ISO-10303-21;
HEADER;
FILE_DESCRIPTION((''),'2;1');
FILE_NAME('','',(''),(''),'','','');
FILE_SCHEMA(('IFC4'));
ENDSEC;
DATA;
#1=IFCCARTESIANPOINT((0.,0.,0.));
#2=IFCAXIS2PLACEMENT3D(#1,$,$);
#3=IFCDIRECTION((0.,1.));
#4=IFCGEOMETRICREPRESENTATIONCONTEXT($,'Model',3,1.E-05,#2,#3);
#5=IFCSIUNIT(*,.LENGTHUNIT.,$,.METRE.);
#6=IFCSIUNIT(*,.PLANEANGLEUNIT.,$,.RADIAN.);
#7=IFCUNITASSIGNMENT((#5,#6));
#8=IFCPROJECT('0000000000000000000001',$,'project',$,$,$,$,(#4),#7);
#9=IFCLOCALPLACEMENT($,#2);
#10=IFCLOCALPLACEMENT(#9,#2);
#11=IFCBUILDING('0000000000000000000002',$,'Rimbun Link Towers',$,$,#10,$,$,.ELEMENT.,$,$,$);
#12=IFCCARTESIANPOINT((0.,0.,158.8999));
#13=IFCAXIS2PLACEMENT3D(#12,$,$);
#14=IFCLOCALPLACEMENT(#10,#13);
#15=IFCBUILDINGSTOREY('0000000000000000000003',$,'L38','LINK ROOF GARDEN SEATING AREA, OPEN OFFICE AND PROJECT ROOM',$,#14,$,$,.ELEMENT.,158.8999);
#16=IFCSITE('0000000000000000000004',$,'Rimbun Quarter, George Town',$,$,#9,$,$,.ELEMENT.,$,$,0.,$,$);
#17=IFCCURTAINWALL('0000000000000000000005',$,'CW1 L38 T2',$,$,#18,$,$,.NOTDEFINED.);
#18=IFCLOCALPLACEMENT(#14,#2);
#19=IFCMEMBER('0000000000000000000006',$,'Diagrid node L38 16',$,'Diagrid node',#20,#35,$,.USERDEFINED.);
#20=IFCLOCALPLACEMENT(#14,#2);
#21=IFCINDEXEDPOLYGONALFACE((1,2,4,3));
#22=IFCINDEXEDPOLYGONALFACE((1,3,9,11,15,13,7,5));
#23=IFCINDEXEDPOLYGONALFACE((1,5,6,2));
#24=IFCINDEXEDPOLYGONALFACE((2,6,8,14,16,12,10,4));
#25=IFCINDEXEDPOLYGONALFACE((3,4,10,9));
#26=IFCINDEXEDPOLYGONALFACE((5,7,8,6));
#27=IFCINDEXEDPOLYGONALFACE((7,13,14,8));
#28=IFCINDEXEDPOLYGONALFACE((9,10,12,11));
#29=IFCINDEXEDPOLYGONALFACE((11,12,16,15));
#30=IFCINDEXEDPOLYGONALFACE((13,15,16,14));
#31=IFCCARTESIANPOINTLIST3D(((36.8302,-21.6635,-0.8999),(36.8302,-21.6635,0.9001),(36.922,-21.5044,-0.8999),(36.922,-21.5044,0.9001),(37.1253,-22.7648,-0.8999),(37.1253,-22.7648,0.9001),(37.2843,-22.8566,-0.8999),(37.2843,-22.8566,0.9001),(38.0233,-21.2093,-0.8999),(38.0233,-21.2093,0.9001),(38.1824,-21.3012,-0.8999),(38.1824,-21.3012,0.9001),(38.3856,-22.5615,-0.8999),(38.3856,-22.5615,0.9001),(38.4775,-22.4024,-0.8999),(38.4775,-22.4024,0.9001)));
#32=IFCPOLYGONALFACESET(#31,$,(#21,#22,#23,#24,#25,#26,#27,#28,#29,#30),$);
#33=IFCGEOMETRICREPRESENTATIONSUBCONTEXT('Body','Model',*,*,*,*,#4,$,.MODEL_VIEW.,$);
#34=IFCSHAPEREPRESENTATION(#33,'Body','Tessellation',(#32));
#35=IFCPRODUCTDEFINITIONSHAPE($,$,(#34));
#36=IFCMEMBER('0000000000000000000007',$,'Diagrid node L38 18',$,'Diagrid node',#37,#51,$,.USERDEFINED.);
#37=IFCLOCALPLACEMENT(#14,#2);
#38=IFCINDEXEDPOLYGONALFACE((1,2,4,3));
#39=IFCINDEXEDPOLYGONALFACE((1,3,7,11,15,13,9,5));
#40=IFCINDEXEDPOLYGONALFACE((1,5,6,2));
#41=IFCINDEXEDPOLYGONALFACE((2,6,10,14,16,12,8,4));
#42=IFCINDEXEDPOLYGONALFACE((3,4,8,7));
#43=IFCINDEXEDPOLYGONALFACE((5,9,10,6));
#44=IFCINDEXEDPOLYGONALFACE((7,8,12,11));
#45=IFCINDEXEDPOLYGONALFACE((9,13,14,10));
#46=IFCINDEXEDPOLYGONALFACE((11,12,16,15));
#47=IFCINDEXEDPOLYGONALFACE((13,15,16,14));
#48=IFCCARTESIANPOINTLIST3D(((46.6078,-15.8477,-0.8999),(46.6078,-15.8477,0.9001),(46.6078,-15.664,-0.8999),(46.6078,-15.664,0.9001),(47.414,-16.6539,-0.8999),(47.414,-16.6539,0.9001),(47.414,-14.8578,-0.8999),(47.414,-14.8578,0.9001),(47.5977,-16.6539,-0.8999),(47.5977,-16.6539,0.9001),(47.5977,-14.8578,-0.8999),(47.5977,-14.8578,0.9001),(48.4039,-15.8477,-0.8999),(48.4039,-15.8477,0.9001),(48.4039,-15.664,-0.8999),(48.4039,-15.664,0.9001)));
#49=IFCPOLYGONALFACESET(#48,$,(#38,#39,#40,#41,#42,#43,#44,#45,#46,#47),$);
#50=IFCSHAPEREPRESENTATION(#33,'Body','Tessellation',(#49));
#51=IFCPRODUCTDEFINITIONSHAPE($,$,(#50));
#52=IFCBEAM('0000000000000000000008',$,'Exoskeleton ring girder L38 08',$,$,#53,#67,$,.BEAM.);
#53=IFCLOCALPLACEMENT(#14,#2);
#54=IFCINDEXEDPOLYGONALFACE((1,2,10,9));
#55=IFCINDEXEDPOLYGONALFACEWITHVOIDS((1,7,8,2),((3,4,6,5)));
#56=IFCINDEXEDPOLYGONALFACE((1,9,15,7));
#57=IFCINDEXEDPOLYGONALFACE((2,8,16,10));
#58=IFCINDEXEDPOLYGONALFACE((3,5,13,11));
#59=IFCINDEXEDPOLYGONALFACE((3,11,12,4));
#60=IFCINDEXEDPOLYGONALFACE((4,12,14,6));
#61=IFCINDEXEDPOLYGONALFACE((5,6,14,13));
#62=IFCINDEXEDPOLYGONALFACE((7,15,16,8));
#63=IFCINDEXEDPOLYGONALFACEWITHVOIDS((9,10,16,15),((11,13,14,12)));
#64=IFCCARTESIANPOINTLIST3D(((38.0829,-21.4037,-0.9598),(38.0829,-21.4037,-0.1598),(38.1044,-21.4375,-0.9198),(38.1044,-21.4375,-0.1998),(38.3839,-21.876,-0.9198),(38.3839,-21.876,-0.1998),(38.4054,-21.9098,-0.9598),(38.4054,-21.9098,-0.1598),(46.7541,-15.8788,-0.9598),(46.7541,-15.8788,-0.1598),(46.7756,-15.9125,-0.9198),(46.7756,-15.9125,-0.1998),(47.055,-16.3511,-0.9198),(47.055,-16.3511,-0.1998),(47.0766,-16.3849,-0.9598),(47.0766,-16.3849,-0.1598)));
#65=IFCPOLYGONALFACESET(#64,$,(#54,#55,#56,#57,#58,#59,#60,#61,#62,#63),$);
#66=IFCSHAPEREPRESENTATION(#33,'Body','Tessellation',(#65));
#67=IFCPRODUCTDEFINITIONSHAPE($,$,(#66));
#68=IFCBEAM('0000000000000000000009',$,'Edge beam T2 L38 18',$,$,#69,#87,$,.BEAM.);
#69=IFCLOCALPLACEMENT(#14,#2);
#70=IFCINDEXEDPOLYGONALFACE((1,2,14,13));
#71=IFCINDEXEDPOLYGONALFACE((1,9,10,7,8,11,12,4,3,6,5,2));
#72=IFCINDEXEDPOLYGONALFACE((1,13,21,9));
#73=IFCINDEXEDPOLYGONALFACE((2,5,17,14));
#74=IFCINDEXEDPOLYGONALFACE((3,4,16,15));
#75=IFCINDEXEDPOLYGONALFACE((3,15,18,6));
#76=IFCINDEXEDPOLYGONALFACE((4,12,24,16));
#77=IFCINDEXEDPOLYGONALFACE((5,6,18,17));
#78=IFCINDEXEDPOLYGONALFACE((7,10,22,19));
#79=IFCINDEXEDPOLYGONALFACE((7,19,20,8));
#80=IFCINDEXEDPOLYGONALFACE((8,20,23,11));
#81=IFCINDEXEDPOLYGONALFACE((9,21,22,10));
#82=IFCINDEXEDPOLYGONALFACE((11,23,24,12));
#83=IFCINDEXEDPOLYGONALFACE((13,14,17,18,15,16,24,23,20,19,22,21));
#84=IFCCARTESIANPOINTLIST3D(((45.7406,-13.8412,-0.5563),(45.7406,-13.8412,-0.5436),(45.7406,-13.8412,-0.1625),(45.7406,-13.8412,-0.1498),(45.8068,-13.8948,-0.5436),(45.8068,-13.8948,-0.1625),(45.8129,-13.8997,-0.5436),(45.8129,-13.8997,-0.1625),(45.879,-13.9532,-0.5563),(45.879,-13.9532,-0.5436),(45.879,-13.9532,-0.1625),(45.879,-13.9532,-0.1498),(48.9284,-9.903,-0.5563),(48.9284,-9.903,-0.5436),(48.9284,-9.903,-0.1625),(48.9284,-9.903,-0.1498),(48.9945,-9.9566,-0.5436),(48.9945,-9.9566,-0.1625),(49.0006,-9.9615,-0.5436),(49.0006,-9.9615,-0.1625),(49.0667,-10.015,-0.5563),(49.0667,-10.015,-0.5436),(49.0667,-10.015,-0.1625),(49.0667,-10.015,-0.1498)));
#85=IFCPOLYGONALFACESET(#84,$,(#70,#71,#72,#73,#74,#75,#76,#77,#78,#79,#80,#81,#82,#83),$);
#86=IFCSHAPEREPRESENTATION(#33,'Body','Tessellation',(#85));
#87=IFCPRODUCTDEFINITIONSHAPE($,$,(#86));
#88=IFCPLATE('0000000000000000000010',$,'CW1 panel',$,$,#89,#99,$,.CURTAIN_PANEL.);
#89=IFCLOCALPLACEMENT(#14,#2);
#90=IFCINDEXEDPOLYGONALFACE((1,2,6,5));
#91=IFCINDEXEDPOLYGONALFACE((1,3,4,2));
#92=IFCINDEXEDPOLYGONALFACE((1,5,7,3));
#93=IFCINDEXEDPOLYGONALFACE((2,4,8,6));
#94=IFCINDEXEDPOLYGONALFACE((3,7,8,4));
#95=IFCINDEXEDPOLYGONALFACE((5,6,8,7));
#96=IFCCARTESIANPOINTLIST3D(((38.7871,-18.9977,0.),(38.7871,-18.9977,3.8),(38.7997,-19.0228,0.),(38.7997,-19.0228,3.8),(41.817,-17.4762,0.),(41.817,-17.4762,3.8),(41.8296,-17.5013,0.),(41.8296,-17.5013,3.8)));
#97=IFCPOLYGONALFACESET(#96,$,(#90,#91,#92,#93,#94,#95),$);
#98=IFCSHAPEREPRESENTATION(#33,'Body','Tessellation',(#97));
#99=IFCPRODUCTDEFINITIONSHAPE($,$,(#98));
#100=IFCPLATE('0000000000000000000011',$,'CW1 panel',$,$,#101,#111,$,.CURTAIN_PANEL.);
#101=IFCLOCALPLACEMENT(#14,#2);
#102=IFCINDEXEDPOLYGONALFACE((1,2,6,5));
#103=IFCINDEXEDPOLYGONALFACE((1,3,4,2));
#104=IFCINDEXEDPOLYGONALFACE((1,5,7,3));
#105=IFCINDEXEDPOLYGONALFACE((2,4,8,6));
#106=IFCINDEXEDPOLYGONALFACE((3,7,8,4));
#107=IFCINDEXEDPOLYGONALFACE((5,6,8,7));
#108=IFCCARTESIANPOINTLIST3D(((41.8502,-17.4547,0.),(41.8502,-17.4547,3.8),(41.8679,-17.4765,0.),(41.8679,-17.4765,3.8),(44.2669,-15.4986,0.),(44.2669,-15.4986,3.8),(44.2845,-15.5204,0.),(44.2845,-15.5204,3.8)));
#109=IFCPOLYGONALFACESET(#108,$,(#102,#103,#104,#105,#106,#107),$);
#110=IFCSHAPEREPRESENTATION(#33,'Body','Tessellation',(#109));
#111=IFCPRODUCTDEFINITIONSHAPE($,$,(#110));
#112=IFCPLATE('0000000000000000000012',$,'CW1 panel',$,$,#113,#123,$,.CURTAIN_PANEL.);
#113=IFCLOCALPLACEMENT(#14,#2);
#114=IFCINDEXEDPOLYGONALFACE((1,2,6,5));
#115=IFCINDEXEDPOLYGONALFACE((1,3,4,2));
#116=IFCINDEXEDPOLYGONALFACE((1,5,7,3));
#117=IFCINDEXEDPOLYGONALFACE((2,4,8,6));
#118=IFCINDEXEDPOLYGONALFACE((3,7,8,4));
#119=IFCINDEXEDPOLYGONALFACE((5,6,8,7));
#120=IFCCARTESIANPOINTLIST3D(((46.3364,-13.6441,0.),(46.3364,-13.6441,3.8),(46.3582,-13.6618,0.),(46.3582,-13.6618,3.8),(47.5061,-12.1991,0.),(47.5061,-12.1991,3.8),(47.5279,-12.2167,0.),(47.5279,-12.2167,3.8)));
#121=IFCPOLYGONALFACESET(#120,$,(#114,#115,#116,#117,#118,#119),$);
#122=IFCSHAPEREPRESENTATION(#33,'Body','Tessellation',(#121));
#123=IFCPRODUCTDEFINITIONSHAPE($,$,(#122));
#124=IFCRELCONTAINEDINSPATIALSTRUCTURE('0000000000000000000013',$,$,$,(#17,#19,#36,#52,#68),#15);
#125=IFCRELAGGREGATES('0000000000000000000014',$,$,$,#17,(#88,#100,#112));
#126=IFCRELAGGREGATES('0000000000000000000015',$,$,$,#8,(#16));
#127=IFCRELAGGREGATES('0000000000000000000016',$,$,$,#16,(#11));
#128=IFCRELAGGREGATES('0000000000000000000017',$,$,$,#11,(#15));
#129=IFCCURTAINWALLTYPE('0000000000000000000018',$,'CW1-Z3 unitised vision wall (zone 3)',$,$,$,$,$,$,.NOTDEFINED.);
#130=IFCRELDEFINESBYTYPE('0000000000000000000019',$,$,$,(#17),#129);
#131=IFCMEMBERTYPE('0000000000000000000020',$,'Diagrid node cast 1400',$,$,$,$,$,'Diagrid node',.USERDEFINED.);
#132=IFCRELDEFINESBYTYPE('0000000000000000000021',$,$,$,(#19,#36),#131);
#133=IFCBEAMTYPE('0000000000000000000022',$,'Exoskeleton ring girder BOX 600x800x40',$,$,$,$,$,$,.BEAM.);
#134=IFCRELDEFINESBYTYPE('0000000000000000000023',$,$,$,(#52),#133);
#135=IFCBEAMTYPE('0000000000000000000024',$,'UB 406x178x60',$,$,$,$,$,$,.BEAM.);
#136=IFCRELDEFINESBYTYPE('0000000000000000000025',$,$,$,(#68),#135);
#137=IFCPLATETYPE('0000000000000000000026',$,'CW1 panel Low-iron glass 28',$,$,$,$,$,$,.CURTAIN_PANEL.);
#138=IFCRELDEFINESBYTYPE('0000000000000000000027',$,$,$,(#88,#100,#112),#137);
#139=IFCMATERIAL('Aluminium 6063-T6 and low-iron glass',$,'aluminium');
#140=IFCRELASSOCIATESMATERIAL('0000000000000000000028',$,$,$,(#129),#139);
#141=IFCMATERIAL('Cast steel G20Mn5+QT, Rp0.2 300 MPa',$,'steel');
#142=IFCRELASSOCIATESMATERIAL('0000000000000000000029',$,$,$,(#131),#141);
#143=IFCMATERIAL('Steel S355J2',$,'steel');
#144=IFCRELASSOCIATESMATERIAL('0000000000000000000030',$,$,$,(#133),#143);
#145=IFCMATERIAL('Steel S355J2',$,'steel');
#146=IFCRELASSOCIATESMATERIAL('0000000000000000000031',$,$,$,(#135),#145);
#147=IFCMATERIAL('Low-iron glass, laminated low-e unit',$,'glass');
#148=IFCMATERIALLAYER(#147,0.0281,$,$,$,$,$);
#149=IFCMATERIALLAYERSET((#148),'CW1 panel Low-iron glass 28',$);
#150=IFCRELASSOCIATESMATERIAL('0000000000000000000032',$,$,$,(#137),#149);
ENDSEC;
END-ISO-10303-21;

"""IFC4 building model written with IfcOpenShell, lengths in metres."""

from ifc_helpers import new_model, si_unit, direction, frame, origin, origin_2d, place, context, subcontext, project, spatial, polyline, rectangle, hollow_rectangle, i_section, outline, extrude, material, layer, layer_set, material_profile, profile_set, type_object, element, aggregate, save


model = new_model("IFC4")

# Units and contexts
model_context = context("Model", 3, precision=1e-05, world=origin(), true_north=direction((0.0, 1.0)))
body_context = subcontext(model_context, "Body", "Model", "MODEL_VIEW")
ifc_project = project(units=[si_unit("LENGTHUNIT", "METRE"), si_unit("PLANEANGLEUNIT", "RADIAN")], contexts=[model_context])

# Site, building, storey
site_placement = place(None, origin())
site = spatial("IfcSite", under=ifc_project, at=site_placement, Name="Rimbun Quarter, George Town", CompositionType="ELEMENT", RefElevation=0.0)
building_placement = place(site_placement, origin())
building = spatial("IfcBuilding", under=site, at=building_placement, Name="Rimbun Link Towers", CompositionType="ELEMENT")
storey_placement = place(building_placement, frame((0.0, 0.0, 158.8999)))
storey = spatial("IfcBuildingStorey", under=building, at=storey_placement, Name="L38", Description="LINK ROOF GARDEN SEATING AREA, OPEN OFFICE AND PROJECT ROOM", CompositionType="ELEMENT", Elevation=158.8999)

# Curtain wall
ifc_material_1 = material(Name="Aluminium 6063-T6 and low-iron glass", Category="aluminium")
curtain_wall_type = type_object("IfcCurtainWallType", Name="CW1-Z3 unitised vision wall (zone 3)", PredefinedType="NOTDEFINED", material=ifc_material_1)
curtain_wall_placement = place(storey_placement, origin())
curtain_wall = element("IfcCurtainWall", 1, at=curtain_wall_placement, inside=storey, type_object=curtain_wall_type, Name="CW1 L38 T2", PredefinedType="NOTDEFINED")

# Members
ifc_material_2 = material(Name="Cast steel G20Mn5+QT, Rp0.2 300 MPa", Category="steel")
ifc_material_profile_1 = material_profile(ifc_material_2, outline(polyline([(0.7, -0.5701), (0.7, 0.5701), (0.5701, 0.7), (-0.5701, 0.7), (-0.7, 0.5701), (-0.7, -0.5701), (-0.5701, -0.7), (0.5701, -0.7), (0.7, -0.5701)])), Name="NODE 1400x1400")
ifc_profile_set_1 = profile_set([ifc_material_profile_1], Name="Cast steel G20Mn5+QT, Rp0.2 300 MPa")
member_type_1 = type_object("IfcMemberType", Name="Diagrid node cast 1400", ElementType="Diagrid node", PredefinedType="USERDEFINED", material=ifc_profile_set_1)
for number, where, z_axis, x_axis, name in (
    (2, (37.6538, -22.033, -0.8999), (0.0, 0.0, 1.0), (0.258819, -0.965926, 0.0), "Diagrid node L38 16"),
    (3, (47.5059, -15.7559, -0.8999), (0.0, 0.0, 1.0), (0.707107, -0.707107, 0.0), "Diagrid node L38 18"),
):
    element("IfcMember", number, at=place(storey_placement, frame(where, z_axis=z_axis, x_axis=x_axis)), inside=storey, type_object=member_type_1, Name=name, ObjectType="Diagrid node", PredefinedType="USERDEFINED", context=body_context, shape_type="SweptSolid", body=[
        extrude(outline(polyline([(0.7, -0.5701), (0.7, 0.5701), (0.5701, 0.7), (-0.5701, 0.7), (-0.7, 0.5701), (-0.7, -0.5701), (-0.5701, -0.7), (0.5701, -0.7), (0.7, -0.5701)])), origin(), (0.0, 0.0, 1.0), 1.8),
    ])

# Beams
ifc_material_3 = material(Name="Steel S355J2", Category="steel")
ifc_material_profile_2 = material_profile(ifc_material_3, hollow_rectangle(XDim=0.6001, YDim=0.8, WallThickness=0.04, at=origin_2d()), Name="Exoskeleton ring girder BOX 600x800x40")
ifc_profile_set_2 = profile_set([ifc_material_profile_2], Name="Steel S355J2")
beam_type_1 = type_object("IfcBeamType", Name="Exoskeleton ring girder BOX 600x800x40", PredefinedType="BEAM", material=ifc_profile_set_2)
beam_1_placement = place(storey_placement, frame((38.2441, -21.6567, -0.5598), z_axis=(0.843357, 0.537353, 0.0), x_axis=(-0.537353, 0.843357, 0.0)))
element("IfcBeam", 4, at=beam_1_placement, inside=storey, type_object=beam_type_1, Name="Exoskeleton ring girder L38 08", PredefinedType="BEAM", context=body_context, shape_type="SweptSolid", body=[
    extrude(hollow_rectangle(XDim=0.6001, YDim=0.8, WallThickness=0.04, at=origin_2d()), origin(), (0.0, 0.0, 1.0), 10.2817),
])
ifc_material_4 = material(Name="Steel S355J2", Category="steel")
ifc_material_profile_3 = material_profile(ifc_material_4, i_section(OverallWidth=0.178, OverallDepth=0.4065, WebThickness=0.0078, FlangeThickness=0.0127, at=origin_2d()), Name="UB 406x178x60")
ifc_profile_set_3 = profile_set([ifc_material_profile_3], Name="Steel S355J2")
beam_type_2 = type_object("IfcBeamType", Name="UB 406x178x60", PredefinedType="BEAM", material=ifc_profile_set_3)
beam_2_placement = place(storey_placement, frame((45.8098, -13.8972, -0.353), z_axis=(0.629157, 0.777279, 0.0), x_axis=(-0.777279, 0.629157, 0.0)))
element("IfcBeam", 5, at=beam_2_placement, inside=storey, type_object=beam_type_2, Name="Edge beam T2 L38 18", PredefinedType="BEAM", context=body_context, shape_type="SweptSolid", body=[
    extrude(i_section(OverallWidth=0.178, OverallDepth=0.4065, WebThickness=0.0078, FlangeThickness=0.0127, at=origin_2d()), origin(), (0.0, 0.0, 1.0), 5.0667),
])

# Plates
ifc_material_5 = material(Name="Low-iron glass, laminated low-e unit", Category="glass")
ifc_layer = layer(ifc_material_5, 0.0281)
ifc_layer_set = layer_set([ifc_layer], Name="CW1 panel Low-iron glass 28")
plate_type = type_object("IfcPlateType", Name="CW1 panel Low-iron glass 28", PredefinedType="CURTAIN_PANEL", material=ifc_layer_set)
plate_1_placement = place(storey_placement, frame((40.3083, -18.2495, 0.0), z_axis=(0.0, 0.0, 1.0), x_axis=(-0.893649, -0.448766, 0.0)))
plate_1 = element("IfcPlate", 6, at=plate_1_placement, type_object=plate_type, Name="CW1 panel", PredefinedType="CURTAIN_PANEL", context=body_context, shape_type="SweptSolid", body=[
    extrude(rectangle(XDim=3.3904, YDim=0.0281, at=origin_2d()), origin(), (0.0, 0.0, 1.0), 3.8),
])
plate_2_placement = place(storey_placement, frame((43.0674, -16.4875, 0.0), z_axis=(0.0, 0.0, 1.0), x_axis=(-0.777269, -0.629169, 0.0)))
plate_2 = element("IfcPlate", 7, at=plate_2_placement, type_object=plate_type, Name="CW1 panel", PredefinedType="CURTAIN_PANEL", context=body_context, shape_type="SweptSolid", body=[
    extrude(rectangle(XDim=3.1091, YDim=0.0281, at=origin_2d()), origin(), (0.0, 0.0, 1.0), 3.8),
])
plate_3_placement = place(storey_placement, frame((46.9321, -12.9304, 0.0), z_axis=(0.0, 0.0, 1.0), x_axis=(-0.629169, -0.777269, 0.0)))
plate_3 = element("IfcPlate", 8, at=plate_3_placement, type_object=plate_type, Name="CW1 panel", PredefinedType="CURTAIN_PANEL", context=body_context, shape_type="SweptSolid", body=[
    extrude(rectangle(XDim=1.8591, YDim=0.0281, at=origin_2d()), origin(), (0.0, 0.0, 1.0), 3.8),
])
aggregate(curtain_wall, [plate_1, plate_2, plate_3])

save(model, "model.ifc")
